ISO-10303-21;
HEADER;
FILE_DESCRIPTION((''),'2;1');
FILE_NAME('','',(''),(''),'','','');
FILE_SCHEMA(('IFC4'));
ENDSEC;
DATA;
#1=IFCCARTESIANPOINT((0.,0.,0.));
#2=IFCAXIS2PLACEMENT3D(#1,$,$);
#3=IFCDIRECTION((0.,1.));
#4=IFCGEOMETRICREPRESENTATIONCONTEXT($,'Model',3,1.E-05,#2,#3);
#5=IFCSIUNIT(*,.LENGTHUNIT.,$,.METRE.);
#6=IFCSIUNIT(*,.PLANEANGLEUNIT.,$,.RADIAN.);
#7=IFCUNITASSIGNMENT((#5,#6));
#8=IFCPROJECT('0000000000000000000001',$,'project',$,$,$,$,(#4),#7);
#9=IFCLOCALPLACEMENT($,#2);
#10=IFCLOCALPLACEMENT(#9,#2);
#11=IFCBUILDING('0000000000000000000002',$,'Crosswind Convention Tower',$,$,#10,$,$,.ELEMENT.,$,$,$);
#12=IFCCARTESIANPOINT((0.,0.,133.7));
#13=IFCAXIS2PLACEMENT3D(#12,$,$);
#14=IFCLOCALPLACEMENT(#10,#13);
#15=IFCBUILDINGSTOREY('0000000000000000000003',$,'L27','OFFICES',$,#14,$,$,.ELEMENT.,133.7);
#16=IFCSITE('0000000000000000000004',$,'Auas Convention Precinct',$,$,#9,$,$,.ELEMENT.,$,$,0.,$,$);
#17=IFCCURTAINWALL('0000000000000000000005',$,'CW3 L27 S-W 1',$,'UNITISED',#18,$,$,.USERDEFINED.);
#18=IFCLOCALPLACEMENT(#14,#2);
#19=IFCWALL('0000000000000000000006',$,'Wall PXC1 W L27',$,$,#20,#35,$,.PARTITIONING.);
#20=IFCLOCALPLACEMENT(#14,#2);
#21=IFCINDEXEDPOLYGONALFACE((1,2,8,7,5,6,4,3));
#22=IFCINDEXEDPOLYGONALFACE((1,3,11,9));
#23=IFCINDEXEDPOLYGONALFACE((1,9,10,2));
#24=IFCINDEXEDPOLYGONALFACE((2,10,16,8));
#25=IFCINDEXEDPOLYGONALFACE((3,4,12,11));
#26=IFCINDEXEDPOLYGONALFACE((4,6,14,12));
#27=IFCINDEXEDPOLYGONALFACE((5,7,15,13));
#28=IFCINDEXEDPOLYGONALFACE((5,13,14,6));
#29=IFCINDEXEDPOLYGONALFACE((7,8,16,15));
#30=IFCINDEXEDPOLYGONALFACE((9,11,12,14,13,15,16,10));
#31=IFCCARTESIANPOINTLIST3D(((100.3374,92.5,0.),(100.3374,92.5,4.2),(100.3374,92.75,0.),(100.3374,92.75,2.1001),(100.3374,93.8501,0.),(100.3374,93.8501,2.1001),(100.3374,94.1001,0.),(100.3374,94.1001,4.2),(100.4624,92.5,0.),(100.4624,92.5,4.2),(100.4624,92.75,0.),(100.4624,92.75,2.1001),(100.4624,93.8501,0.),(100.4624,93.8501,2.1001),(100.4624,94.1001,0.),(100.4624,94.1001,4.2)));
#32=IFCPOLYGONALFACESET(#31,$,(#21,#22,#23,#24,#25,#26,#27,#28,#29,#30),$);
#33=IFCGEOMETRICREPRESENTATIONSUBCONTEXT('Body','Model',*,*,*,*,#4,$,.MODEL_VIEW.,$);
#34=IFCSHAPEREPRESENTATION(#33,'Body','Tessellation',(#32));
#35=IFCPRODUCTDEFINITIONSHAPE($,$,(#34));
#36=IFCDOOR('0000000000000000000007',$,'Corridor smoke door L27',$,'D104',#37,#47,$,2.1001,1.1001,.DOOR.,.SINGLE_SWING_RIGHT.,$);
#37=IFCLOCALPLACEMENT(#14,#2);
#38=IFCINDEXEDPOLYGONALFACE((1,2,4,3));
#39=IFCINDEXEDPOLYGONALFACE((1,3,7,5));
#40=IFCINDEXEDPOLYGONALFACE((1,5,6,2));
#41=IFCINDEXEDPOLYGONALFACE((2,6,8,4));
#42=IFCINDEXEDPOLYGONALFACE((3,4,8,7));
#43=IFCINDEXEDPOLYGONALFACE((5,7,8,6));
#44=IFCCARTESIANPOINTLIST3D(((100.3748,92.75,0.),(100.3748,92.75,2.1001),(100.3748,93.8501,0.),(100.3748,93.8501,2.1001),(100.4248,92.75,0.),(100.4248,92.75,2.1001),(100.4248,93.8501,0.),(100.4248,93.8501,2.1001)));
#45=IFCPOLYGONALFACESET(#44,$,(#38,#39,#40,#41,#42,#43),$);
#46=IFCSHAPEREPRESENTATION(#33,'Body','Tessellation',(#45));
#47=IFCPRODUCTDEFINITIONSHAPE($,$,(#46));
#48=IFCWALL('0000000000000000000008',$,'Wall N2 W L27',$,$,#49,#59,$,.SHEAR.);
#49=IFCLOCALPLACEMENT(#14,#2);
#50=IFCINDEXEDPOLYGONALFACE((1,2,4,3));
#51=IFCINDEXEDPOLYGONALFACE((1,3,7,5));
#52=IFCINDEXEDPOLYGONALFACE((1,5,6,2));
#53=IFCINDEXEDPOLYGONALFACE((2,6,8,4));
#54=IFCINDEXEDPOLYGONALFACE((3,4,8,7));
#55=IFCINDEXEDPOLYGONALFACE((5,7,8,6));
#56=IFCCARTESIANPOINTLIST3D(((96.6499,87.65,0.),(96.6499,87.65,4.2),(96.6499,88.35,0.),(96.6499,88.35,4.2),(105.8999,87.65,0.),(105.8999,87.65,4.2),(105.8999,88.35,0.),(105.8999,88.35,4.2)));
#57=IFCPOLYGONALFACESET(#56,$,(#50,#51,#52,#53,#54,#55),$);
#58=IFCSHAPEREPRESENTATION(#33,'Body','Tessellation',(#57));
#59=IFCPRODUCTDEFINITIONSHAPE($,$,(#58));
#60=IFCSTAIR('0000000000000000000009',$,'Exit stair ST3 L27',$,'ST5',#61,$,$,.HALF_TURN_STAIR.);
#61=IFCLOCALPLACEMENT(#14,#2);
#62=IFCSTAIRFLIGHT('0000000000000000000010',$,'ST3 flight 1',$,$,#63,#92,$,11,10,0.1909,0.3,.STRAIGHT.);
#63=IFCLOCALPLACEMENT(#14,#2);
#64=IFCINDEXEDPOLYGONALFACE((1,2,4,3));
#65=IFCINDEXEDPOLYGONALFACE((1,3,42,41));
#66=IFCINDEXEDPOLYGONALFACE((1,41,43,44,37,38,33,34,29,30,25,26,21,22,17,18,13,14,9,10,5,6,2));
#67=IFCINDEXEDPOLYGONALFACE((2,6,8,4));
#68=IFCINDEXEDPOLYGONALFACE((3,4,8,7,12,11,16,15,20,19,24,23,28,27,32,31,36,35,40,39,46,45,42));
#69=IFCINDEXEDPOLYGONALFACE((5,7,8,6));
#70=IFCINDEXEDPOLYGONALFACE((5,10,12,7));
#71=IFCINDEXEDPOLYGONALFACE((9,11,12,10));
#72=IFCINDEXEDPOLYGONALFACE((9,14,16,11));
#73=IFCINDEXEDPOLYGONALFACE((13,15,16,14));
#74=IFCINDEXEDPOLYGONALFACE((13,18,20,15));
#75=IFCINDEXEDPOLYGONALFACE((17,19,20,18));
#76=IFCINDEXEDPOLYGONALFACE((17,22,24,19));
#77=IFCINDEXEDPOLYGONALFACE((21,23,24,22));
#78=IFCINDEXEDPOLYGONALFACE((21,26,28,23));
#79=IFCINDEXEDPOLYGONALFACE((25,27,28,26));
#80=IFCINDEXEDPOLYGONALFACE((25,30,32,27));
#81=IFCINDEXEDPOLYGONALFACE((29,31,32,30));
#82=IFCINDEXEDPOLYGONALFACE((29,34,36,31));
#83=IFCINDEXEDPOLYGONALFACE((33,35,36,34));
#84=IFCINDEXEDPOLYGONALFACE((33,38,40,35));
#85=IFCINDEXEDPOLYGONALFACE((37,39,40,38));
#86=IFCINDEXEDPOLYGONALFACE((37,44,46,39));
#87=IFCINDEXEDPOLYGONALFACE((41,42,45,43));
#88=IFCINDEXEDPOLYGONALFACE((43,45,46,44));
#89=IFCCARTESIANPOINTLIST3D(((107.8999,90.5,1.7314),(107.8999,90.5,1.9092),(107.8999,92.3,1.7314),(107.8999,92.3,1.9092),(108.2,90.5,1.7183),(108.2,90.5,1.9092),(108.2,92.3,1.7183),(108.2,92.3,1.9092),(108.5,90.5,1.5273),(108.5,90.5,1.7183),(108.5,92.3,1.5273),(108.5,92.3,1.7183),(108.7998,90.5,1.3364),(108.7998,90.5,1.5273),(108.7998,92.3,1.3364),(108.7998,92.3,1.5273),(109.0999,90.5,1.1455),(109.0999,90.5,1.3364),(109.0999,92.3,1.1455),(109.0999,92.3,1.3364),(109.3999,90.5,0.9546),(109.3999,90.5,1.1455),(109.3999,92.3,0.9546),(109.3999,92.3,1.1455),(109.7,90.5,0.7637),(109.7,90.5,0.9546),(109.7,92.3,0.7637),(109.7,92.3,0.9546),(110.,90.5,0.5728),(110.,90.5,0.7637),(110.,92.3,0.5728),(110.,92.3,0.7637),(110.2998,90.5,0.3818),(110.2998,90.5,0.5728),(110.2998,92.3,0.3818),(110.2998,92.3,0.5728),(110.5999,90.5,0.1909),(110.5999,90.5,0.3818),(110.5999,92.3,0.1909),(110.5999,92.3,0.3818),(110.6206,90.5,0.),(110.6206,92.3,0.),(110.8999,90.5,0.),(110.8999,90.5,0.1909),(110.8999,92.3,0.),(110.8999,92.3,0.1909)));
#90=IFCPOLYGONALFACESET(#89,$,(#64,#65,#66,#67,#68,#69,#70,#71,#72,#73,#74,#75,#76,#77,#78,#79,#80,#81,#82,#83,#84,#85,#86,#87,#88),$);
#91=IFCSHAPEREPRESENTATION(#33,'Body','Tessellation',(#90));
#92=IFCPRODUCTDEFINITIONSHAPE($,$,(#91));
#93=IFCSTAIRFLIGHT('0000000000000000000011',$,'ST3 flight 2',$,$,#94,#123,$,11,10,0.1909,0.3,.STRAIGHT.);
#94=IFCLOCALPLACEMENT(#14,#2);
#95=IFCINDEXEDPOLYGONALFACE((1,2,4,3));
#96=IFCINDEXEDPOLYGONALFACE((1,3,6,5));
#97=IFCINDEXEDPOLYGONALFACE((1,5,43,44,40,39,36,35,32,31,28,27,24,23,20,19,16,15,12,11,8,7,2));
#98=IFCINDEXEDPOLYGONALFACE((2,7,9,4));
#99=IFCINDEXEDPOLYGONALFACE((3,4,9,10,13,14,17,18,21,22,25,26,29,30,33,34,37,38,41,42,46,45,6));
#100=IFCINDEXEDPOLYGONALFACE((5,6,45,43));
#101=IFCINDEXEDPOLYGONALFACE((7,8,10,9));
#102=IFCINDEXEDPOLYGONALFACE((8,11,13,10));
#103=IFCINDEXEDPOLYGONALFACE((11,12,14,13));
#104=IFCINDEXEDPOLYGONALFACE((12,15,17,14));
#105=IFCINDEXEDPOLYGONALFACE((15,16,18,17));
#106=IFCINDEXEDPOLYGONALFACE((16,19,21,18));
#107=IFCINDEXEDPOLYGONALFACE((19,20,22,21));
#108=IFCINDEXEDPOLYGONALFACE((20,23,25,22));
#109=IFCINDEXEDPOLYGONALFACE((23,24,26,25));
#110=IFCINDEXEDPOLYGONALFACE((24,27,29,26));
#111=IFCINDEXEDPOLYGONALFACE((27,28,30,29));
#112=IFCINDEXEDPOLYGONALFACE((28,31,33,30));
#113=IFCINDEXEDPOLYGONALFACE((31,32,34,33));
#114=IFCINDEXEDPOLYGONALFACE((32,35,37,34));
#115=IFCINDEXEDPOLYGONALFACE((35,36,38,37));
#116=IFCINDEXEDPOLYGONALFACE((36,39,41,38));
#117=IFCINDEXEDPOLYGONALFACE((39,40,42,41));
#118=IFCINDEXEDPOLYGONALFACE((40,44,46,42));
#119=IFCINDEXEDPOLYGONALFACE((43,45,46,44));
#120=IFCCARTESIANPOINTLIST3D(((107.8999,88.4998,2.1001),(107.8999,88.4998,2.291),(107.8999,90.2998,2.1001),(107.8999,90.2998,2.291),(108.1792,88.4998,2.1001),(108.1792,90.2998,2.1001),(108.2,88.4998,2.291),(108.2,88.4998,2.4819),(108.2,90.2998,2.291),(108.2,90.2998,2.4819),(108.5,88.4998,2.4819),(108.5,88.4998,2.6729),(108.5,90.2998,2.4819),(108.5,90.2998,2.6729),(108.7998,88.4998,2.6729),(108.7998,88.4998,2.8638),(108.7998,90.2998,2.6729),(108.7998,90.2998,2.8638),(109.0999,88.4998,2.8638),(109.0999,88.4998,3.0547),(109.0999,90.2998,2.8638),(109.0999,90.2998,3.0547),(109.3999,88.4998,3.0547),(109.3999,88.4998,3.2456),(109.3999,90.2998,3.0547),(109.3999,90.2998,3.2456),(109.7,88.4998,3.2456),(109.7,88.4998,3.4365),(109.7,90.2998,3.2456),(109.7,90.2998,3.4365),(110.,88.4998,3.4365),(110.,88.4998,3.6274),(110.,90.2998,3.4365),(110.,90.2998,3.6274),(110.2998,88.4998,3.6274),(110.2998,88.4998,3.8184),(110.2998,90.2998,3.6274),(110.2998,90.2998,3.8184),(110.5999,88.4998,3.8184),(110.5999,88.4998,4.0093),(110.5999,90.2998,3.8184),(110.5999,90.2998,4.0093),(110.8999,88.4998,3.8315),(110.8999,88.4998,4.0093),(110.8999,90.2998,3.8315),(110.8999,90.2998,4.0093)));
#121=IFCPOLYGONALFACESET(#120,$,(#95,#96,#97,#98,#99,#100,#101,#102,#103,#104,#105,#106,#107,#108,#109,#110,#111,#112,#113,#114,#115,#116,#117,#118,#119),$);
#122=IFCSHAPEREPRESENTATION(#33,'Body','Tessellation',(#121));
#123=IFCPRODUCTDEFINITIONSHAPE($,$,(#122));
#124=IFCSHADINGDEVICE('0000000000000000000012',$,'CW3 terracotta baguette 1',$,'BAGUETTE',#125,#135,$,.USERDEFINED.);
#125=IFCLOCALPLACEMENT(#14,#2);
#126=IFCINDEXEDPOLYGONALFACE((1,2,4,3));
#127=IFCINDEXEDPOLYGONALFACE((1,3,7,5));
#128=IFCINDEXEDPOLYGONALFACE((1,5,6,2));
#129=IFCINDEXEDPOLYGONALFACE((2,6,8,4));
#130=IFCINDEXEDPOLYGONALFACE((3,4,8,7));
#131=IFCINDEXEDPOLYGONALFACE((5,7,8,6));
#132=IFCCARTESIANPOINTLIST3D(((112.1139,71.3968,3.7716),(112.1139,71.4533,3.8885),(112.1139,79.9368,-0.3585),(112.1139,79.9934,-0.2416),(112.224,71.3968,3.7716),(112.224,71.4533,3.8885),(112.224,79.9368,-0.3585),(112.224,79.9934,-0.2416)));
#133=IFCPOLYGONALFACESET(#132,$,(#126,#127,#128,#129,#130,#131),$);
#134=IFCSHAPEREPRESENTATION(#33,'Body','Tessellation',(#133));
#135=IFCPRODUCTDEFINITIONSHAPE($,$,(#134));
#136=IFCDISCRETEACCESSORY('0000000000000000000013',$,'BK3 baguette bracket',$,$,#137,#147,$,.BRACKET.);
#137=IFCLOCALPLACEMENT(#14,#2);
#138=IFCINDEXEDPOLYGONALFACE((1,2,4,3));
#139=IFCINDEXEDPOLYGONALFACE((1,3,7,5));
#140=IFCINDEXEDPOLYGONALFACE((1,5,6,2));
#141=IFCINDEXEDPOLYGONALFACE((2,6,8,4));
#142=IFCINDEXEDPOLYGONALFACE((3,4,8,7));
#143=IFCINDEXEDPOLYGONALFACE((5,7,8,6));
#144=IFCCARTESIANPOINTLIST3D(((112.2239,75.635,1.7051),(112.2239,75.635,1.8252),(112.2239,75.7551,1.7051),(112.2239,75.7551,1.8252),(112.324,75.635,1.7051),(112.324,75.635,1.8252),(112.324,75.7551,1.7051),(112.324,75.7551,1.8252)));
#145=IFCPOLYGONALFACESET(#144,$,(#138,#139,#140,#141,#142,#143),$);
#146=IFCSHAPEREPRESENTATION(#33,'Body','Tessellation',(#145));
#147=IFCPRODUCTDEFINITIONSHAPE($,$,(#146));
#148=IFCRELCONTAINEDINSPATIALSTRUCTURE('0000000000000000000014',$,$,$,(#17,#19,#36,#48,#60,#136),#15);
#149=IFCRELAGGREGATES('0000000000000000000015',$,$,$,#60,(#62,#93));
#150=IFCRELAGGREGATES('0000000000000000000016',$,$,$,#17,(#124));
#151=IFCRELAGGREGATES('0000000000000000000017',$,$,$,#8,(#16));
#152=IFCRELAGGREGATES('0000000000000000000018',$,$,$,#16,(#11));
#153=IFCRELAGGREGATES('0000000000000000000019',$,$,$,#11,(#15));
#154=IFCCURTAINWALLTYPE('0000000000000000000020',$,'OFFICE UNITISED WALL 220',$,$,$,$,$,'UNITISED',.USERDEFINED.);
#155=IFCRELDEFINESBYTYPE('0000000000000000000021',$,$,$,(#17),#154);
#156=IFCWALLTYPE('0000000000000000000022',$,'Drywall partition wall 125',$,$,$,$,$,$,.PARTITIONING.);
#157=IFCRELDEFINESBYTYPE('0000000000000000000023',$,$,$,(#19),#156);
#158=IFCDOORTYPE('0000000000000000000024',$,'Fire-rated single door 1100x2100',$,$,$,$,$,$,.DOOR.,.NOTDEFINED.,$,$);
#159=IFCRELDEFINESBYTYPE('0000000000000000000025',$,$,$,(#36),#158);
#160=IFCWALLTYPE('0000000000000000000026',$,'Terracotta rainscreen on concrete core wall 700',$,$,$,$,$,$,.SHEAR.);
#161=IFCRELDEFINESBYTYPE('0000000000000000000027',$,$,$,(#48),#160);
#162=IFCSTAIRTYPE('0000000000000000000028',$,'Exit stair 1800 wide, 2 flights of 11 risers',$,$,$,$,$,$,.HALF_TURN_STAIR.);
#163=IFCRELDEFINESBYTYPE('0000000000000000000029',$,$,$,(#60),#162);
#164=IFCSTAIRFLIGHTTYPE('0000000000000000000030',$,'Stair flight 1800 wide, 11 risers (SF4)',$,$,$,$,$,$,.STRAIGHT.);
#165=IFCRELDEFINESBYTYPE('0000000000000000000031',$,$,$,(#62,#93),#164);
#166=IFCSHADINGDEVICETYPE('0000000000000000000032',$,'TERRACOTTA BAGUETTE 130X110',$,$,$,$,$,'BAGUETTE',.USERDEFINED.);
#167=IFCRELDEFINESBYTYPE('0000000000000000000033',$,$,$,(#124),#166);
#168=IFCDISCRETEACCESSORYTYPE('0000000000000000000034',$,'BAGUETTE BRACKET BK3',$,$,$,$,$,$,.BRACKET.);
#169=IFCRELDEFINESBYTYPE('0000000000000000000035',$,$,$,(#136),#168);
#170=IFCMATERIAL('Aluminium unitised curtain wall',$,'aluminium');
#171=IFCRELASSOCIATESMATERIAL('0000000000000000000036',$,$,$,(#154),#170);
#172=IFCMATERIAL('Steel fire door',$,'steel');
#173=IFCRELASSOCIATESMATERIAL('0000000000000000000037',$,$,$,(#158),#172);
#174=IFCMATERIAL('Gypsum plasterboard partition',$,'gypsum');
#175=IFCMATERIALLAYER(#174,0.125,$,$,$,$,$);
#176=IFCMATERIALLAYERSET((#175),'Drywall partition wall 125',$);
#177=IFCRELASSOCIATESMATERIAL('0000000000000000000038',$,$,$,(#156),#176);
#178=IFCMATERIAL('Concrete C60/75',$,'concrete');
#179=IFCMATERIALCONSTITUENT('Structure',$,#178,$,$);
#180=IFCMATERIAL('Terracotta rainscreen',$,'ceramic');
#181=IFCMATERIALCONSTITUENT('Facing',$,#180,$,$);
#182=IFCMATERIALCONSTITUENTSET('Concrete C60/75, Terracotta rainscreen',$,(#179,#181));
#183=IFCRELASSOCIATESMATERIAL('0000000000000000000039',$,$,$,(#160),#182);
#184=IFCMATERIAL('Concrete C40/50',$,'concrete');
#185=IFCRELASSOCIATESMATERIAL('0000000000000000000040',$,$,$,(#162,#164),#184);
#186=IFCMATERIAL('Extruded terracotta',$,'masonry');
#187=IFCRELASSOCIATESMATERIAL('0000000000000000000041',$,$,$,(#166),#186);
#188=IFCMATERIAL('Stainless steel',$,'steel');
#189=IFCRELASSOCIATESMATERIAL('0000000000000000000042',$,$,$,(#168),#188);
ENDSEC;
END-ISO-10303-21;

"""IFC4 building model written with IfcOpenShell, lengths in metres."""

from ifc_helpers import new_model, si_unit, direction, frame, frame_2d, origin, origin_2d, place, context, subcontext, project, spatial, polyline, rectangle, outline, extrude, material, layer, layer_set, constituent, constituent_set, material_profile, profile_set, type_object, element, fill, aggregate, save


model = new_model("IFC4")

# Units and contexts
model_context = context("Model", 3, precision=1e-05, world=origin(), true_north=direction((0.0, 1.0)))
body_context = subcontext(model_context, "Body", "Model", "MODEL_VIEW")
ifc_project = project(units=[si_unit("LENGTHUNIT", "METRE"), si_unit("PLANEANGLEUNIT", "RADIAN")], contexts=[model_context])

# Site, building, storey
site_placement = place(None, origin())
site = spatial("IfcSite", under=ifc_project, at=site_placement, Name="Auas Convention Precinct", CompositionType="ELEMENT", RefElevation=0.0)
building_placement = place(site_placement, origin())
building = spatial("IfcBuilding", under=site, at=building_placement, Name="Crosswind Convention Tower", CompositionType="ELEMENT")
storey_placement = place(building_placement, frame((0.0, 0.0, 133.7)))
storey = spatial("IfcBuildingStorey", under=building, at=storey_placement, Name="L27", Description="OFFICES", CompositionType="ELEMENT", Elevation=133.7)

# Shared definitions
ifc_material_1 = material(Name="Aluminium unitised curtain wall", Category="aluminium")

# Curtain wall
curtain_wall_type_1 = type_object("IfcCurtainWallType", Name="OFFICE UNITISED WALL 220", ElementType="UNITISED", PredefinedType="USERDEFINED", material=ifc_material_1)
curtain_wall_1_placement = place(storey_placement, origin())
curtain_wall_1 = element("IfcCurtainWall", 1, at=curtain_wall_1_placement, inside=storey, type_object=curtain_wall_type_1, Name="CW3 L27 S-W 1", ObjectType="UNITISED", PredefinedType="USERDEFINED")

# Shared definitions
ifc_material_2 = material(Name="Stainless steel", Category="steel")

# Shared definitions
ifc_material_3 = material(Name="Steel fire door", Category="steel")
door_type_1 = type_object("IfcDoorType", Name="Fire-rated single door 1100x2100", OperationType="NOTDEFINED", PredefinedType="DOOR", material=ifc_material_3)

# Shared definitions
ifc_material_4 = material(Name="Gypsum plasterboard partition", Category="gypsum")
ifc_layer_1 = layer(ifc_material_4, 0.125)
ifc_layer_set_1 = layer_set([ifc_layer_1], Name="Drywall partition wall 125")
wall_type_1 = type_object("IfcWallType", Name="Drywall partition wall 125", PredefinedType="PARTITIONING", material=ifc_layer_set_1)

# Wall, opening, door
wall_1_placement = place(storey_placement, frame((100.3999, 94.1001, 0.0), z_axis=(0.0, 0.0, 1.0), x_axis=(0.0, -1.0, 0.0)))
wall_1 = element("IfcWall", 2, at=wall_1_placement, inside=storey, type_object=wall_type_1, Name="Wall PXC1 W L27", PredefinedType="PARTITIONING", context=body_context, shape_type="SweptSolid", body=[
    extrude(rectangle(XDim=1.6001, YDim=0.125, at=frame_2d((0.8, 0.0))), origin(), (0.0, 0.0, 1.0), 4.2),
])
opening_1_placement = place(wall_1_placement, frame((0.25, 0.0, 0.0)))
opening_1 = element("IfcOpeningElement", 3, at=opening_1_placement, cuts=wall_1, PredefinedType="OPENING", context=body_context, shape_type="SweptSolid", body=[
    extrude(rectangle(XDim=1.1001, YDim=2.1001, at=frame_2d((0.55, 1.05))), frame((0.0, 0.0725, 0.0), z_axis=(0.0, -1.0, 0.0), x_axis=(1.0, 0.0, 0.0)), (0.0, 0.0, 1.0), 0.145),
])
door_1_placement = place(opening_1_placement, origin())
door_1 = element("IfcDoor", 4, at=door_1_placement, inside=storey, type_object=door_type_1, Name="Corridor smoke door L27", ObjectType="D104", OperationType="SINGLE_SWING_RIGHT", OverallHeight=2.1001, OverallWidth=1.1001, PredefinedType="DOOR", context=body_context, shape_type="SweptSolid", body=[
    extrude(rectangle(XDim=1.1001, YDim=2.1001, at=frame_2d((0.55, 1.05))), frame((0.0, 0.0249, 0.0), z_axis=(0.0, -1.0, 0.0), x_axis=(1.0, 0.0, 0.0)), (0.0, 0.0, 1.0), 0.05),
])
fill(opening_1, door_1)

# Wall
ifc_material_5 = material(Name="Concrete C60/75", Category="concrete")
ifc_constituent_1 = constituent(ifc_material_5, Name="Structure")
ifc_material_6 = material(Name="Terracotta rainscreen", Category="ceramic")
ifc_constituent_2 = constituent(ifc_material_6, Name="Facing")
ifc_constituent_set = constituent_set(constituents=[ifc_constituent_1, ifc_constituent_2], Name="Concrete C60/75, Terracotta rainscreen")
wall_type_2 = type_object("IfcWallType", Name="Terracotta rainscreen on concrete core wall 700", PredefinedType="SHEAR", material=ifc_constituent_set)
wall_2_placement = place(storey_placement, frame((105.8999, 88.0, 0.0), z_axis=(0.0, 0.0, 1.0), x_axis=(-1.0, 0.0, 0.0)))
element("IfcWall", 5, at=wall_2_placement, inside=storey, type_object=wall_type_2, Name="Wall N2 W L27", PredefinedType="SHEAR", context=body_context, shape_type="SweptSolid", body=[
    extrude(rectangle(XDim=9.25, YDim=0.7, at=frame_2d((4.625, 0.0))), origin(), (0.0, 0.0, 1.0), 4.2),
])

# Stair, stair flights
ifc_material_7 = material(Name="Concrete C40/50", Category="concrete")
stair_type = type_object("IfcStairType", Name="Exit stair 1800 wide, 2 flights of 11 risers", PredefinedType="HALF_TURN_STAIR", material=ifc_material_7)
stair_placement = place(storey_placement, origin())
stair = element("IfcStair", 6, at=stair_placement, inside=storey, type_object=stair_type, Name="Exit stair ST3 L27", ObjectType="ST5", PredefinedType="HALF_TURN_STAIR")
stair_flight_type = type_object("IfcStairFlightType", Name="Stair flight 1800 wide, 11 risers (SF4)", PredefinedType="STRAIGHT", material=ifc_material_7)
stair_flight_1_placement = place(storey_placement, frame((110.8999, 91.3999, 0.0), z_axis=(0.0, 0.0, 1.0), x_axis=(-1.0, 0.0, 0.0)))
stair_flight_1 = element("IfcStairFlight", 7, at=stair_flight_1_placement, type_object=stair_flight_type, Name="ST3 flight 1", NumberOfRisers=11, NumberOfTreads=10, PredefinedType="STRAIGHT", RiserHeight=0.1909, TreadLength=0.3, context=body_context, shape_type="SweptSolid", body=[
    extrude(outline(polyline([(0.0, 0.0), (0.0, 0.1909), (0.3, 0.1909), (0.3, 0.3818), (0.6001, 0.3818), (0.6001, 0.5728), (0.8999, 0.5728), (0.8999, 0.7637), (1.2, 0.7637), (1.2, 0.9546), (1.5, 0.9546), (1.5, 1.1455), (1.8, 1.1455), (1.8, 1.3364), (2.1001, 1.3364), (2.1001, 1.5273), (2.3999, 1.5273), (2.3999, 1.7183), (2.7, 1.7183), (2.7, 1.9092), (3.0, 1.9092), (3.0, 2.1001), (3.0, 1.7314), (0.2793, 0.0), (0.0, 0.0)])), frame((0.0, 0.8999, 0.0), z_axis=(0.0, -1.0, 0.0), x_axis=(1.0, 0.0, 0.0)), (0.0, 0.0, 1.0), 1.8),
])
stair_flight_2_placement = place(storey_placement, frame((107.8999, 89.3999, 2.1001), z_axis=(0.0, 0.0, 1.0), x_axis=(1.0, 0.0, 0.0)))
stair_flight_2 = element("IfcStairFlight", 8, at=stair_flight_2_placement, type_object=stair_flight_type, Name="ST3 flight 2", NumberOfRisers=11, NumberOfTreads=10, PredefinedType="STRAIGHT", RiserHeight=0.1909, TreadLength=0.3, context=body_context, shape_type="SweptSolid", body=[
    extrude(outline(polyline([(0.0, 0.0), (0.0, 0.1909), (0.3, 0.1909), (0.3, 0.3818), (0.6001, 0.3818), (0.6001, 0.5728), (0.8999, 0.5728), (0.8999, 0.7637), (1.2, 0.7637), (1.2, 0.9546), (1.5, 0.9546), (1.5, 1.1455), (1.8, 1.1455), (1.8, 1.3364), (2.1001, 1.3364), (2.1001, 1.5273), (2.3999, 1.5273), (2.3999, 1.7183), (2.7, 1.7183), (2.7, 1.9092), (3.0, 1.9092), (3.0, 2.1001), (3.0, 1.7314), (0.2793, 0.0), (0.0, 0.0)])), frame((0.0, 0.8999, 0.0), z_axis=(0.0, -1.0, 0.0), x_axis=(1.0, 0.0, 0.0)), (0.0, 0.0, 1.0), 1.8),
])
aggregate(stair, [stair_flight_1, stair_flight_2])

# Shading device
ifc_material_8 = material(Name="Extruded terracotta", Category="masonry")
ifc_material_profile_1 = material_profile(ifc_material_8, rectangle(XDim=0.1101, YDim=0.1299, at=origin_2d()), Name="TC 110X130")
ifc_profile_set_1 = profile_set([ifc_material_profile_1], Name="Extruded terracotta")
shading_device_type = type_object("IfcShadingDeviceType", Name="TERRACOTTA BAGUETTE 130X110", ElementType="BAGUETTE", PredefinedType="USERDEFINED", material=ifc_profile_set_1)
shading_device_placement = place(storey_placement, frame((112.1689, 79.9651, -0.3), z_axis=(0.0, -0.900248, 0.435377), x_axis=(1.0, 0.0, 0.0)))
shading_device = element("IfcShadingDevice", 9, at=shading_device_placement, type_object=shading_device_type, Name="CW3 terracotta baguette 1", ObjectType="BAGUETTE", PredefinedType="USERDEFINED", context=body_context, shape_type="SweptSolid", body=[
    extrude(rectangle(XDim=0.1101, YDim=0.1299, at=origin_2d()), origin(), (0.0, 0.0, 1.0), 9.4863),
])
aggregate(curtain_wall_1, [shading_device])

# Discrete accessory
discrete_accessory_type = type_object("IfcDiscreteAccessoryType", Name="BAGUETTE BRACKET BK3", PredefinedType="BRACKET", material=ifc_material_2)
discrete_accessory_placement = place(storey_placement, frame((112.2739, 75.6951, 1.7051), z_axis=(0.0, 0.0, 1.0), x_axis=(0.0, -1.0, 0.0)))
element("IfcDiscreteAccessory", 10, at=discrete_accessory_placement, inside=storey, type_object=discrete_accessory_type, Name="BK3 baguette bracket", PredefinedType="BRACKET", context=body_context, shape_type="SweptSolid", body=[
    extrude(rectangle(XDim=0.1201, YDim=0.1001, at=origin_2d()), origin(), (0.0, 0.0, 1.0), 0.1201),
])

save(model, "model.ifc")
